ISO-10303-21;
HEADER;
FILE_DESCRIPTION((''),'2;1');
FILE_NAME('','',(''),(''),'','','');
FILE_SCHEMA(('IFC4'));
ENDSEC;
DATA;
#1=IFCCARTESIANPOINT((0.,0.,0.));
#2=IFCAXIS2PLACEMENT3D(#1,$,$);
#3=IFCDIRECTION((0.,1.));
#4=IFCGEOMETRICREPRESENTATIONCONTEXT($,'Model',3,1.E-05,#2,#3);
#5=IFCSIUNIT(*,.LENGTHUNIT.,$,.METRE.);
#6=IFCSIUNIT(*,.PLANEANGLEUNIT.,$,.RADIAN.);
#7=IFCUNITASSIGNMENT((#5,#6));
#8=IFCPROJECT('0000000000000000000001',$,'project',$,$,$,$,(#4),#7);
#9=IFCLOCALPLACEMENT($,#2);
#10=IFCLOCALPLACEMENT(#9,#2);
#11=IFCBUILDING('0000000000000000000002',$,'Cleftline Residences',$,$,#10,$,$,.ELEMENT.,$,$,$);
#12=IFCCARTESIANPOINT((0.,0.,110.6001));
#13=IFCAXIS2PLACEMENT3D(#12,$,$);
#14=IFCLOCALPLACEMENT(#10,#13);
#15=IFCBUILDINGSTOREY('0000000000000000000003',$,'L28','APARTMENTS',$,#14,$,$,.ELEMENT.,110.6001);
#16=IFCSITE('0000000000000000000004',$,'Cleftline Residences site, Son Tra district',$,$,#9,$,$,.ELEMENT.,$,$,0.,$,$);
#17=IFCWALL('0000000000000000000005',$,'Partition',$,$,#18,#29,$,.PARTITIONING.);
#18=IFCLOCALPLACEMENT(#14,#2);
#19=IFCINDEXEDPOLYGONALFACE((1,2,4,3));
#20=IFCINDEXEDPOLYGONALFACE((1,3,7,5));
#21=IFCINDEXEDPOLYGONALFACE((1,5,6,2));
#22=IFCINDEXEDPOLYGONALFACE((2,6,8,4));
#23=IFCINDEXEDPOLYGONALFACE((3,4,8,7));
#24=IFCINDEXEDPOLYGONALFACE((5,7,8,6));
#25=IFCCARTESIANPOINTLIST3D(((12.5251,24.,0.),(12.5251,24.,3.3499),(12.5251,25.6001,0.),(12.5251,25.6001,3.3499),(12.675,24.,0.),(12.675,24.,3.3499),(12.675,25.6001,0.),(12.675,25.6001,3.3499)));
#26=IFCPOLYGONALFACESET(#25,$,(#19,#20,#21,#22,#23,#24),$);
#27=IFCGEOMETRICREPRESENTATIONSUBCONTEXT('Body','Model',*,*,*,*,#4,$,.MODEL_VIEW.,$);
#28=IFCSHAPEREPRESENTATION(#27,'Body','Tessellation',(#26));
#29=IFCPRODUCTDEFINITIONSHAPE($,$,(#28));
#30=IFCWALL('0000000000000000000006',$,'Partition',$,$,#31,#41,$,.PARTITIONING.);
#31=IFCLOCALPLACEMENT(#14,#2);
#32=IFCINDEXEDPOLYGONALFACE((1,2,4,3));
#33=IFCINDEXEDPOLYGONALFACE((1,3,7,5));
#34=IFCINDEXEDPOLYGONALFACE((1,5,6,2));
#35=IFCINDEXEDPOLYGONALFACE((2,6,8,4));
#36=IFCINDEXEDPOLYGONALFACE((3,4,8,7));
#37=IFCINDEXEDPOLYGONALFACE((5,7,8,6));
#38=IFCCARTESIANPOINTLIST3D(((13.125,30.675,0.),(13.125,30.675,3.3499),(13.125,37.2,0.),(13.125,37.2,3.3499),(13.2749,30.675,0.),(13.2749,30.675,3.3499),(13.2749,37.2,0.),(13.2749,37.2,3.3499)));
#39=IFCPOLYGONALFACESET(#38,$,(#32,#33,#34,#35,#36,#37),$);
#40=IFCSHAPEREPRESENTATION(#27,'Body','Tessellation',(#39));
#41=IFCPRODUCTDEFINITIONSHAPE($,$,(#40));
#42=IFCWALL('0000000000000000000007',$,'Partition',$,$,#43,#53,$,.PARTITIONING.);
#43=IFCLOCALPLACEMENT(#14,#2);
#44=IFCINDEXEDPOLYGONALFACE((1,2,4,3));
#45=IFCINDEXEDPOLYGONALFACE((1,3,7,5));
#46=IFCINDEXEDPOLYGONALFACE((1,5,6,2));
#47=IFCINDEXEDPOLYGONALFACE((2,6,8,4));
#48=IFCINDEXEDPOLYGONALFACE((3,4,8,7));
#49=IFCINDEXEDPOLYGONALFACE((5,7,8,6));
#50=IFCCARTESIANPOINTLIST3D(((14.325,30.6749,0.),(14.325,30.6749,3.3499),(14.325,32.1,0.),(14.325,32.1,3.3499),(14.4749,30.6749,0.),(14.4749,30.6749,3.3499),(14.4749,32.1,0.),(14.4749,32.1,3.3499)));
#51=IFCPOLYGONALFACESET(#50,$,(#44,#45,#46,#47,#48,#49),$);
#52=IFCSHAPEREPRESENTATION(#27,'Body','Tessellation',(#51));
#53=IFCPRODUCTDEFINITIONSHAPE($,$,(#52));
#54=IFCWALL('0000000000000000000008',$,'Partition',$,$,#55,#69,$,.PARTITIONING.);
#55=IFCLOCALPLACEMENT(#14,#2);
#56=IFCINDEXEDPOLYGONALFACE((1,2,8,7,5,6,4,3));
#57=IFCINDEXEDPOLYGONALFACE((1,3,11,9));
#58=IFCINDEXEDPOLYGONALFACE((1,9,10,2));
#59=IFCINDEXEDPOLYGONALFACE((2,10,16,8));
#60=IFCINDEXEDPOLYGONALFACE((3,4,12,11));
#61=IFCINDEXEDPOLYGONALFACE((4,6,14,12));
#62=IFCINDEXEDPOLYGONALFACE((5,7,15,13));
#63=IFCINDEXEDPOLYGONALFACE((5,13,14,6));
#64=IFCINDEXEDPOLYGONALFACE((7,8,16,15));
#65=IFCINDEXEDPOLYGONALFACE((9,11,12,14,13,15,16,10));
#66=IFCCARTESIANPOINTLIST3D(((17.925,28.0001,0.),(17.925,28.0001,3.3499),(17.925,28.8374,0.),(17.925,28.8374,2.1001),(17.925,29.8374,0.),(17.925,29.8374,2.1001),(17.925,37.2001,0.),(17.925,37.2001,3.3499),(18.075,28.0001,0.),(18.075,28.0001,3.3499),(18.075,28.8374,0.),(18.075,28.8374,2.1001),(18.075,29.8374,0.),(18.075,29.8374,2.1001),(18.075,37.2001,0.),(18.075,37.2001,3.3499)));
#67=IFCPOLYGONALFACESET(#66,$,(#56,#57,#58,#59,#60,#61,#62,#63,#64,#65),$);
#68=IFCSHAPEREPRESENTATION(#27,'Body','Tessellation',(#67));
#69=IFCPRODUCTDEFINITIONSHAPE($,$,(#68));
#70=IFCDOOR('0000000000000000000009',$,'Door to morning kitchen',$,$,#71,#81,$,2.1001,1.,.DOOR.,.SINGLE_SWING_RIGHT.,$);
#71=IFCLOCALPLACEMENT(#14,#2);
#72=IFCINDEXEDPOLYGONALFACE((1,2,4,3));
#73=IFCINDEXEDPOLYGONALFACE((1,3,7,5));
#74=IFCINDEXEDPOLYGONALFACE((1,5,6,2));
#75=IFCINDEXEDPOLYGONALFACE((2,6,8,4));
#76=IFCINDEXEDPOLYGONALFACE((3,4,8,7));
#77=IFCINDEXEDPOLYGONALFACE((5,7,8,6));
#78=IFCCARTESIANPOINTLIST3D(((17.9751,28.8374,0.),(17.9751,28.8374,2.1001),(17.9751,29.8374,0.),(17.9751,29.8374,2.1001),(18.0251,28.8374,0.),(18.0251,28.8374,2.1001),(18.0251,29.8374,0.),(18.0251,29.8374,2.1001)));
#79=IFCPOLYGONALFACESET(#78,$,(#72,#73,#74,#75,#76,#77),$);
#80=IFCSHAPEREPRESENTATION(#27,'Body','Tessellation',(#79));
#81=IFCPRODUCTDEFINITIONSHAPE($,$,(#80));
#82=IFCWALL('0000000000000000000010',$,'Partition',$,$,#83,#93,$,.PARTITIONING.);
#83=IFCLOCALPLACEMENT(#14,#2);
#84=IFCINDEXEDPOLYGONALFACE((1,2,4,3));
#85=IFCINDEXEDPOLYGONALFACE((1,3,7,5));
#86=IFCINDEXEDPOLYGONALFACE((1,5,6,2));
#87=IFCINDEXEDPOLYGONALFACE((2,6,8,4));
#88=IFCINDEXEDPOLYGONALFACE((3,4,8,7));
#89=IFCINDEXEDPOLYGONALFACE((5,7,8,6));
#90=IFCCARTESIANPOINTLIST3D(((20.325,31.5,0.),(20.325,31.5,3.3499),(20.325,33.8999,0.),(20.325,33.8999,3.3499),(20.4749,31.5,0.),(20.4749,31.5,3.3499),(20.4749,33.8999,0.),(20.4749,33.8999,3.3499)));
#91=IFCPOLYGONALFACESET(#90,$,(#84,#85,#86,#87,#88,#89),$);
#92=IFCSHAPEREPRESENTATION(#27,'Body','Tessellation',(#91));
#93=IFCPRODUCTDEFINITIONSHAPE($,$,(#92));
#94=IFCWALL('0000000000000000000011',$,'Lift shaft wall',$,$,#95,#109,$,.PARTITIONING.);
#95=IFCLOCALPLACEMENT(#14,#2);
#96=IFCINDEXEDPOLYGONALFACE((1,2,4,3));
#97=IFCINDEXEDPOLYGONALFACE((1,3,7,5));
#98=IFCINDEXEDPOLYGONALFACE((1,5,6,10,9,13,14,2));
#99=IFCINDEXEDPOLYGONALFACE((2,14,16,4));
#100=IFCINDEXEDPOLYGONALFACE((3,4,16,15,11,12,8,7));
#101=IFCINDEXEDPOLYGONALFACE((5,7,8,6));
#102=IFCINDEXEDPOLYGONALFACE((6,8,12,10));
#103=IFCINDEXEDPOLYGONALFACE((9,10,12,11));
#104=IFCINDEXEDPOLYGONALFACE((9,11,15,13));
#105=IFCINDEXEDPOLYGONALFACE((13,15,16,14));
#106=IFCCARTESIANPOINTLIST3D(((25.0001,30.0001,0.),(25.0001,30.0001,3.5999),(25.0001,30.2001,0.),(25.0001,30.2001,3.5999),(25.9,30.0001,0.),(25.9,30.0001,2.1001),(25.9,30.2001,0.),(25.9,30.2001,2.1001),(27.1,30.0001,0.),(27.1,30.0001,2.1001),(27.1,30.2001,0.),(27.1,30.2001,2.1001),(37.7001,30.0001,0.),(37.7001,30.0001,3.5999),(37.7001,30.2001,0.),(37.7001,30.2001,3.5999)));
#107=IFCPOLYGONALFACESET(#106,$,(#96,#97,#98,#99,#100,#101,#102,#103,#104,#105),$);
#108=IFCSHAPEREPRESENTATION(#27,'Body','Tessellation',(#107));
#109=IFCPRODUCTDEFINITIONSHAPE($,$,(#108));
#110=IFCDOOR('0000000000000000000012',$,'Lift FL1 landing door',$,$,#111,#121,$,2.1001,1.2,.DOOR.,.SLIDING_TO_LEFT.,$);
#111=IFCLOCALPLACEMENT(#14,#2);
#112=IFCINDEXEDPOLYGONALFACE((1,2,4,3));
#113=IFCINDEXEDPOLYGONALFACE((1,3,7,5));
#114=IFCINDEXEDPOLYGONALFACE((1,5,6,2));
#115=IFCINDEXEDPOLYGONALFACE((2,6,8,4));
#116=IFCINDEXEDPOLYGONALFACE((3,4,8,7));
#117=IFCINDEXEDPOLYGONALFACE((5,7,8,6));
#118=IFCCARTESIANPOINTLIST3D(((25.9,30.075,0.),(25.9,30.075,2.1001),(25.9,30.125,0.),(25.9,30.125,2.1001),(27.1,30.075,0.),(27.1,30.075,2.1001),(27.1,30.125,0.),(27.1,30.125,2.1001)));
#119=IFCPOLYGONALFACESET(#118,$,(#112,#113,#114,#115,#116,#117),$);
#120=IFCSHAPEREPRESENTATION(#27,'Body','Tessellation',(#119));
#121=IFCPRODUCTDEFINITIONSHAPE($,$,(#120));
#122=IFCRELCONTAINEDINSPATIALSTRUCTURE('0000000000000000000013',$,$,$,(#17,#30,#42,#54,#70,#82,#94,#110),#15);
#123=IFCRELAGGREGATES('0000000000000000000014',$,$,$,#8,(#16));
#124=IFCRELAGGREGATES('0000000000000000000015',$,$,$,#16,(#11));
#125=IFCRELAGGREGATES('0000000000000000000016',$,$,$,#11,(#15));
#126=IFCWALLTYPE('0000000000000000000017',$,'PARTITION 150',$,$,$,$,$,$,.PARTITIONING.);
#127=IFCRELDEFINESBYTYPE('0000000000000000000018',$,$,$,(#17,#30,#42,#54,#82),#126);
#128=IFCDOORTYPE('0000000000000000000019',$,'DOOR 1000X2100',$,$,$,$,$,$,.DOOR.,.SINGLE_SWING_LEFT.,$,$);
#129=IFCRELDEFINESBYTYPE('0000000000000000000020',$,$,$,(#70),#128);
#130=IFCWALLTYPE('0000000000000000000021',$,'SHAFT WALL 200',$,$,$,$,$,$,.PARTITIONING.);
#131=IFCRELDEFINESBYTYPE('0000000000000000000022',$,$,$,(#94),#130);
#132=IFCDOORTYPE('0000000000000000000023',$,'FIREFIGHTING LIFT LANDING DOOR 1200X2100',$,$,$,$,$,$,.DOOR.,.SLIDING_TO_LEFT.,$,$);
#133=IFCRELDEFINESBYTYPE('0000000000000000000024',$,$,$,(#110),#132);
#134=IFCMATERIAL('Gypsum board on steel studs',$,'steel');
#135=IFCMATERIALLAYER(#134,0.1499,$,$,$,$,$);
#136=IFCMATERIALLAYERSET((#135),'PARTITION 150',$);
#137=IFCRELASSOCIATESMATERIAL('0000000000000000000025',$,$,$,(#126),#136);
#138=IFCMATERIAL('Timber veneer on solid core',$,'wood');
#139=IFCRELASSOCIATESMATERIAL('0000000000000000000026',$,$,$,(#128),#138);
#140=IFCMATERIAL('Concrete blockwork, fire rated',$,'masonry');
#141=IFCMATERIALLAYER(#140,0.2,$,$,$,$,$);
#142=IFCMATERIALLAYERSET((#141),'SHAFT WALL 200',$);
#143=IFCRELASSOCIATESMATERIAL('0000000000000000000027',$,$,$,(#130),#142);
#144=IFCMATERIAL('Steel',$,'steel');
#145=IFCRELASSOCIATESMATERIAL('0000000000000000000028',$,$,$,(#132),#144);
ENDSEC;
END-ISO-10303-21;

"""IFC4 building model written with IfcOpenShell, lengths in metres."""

from ifc_helpers import new_model, si_unit, direction, frame, frame_2d, origin, place, context, subcontext, project, spatial, rectangle, extrude, material, layer, layer_set, type_object, element, fill, save


model = new_model("IFC4")

# Units and contexts
model_context = context("Model", 3, precision=1e-05, world=origin(), true_north=direction((0.0, 1.0)))
body_context = subcontext(model_context, "Body", "Model", "MODEL_VIEW")
ifc_project = project(units=[si_unit("LENGTHUNIT", "METRE"), si_unit("PLANEANGLEUNIT", "RADIAN")], contexts=[model_context])

# Site, building, storey
site_placement = place(None, origin())
site = spatial("IfcSite", under=ifc_project, at=site_placement, Name="Cleftline Residences site, Son Tra district", CompositionType="ELEMENT", RefElevation=0.0)
building_placement = place(site_placement, origin())
building = spatial("IfcBuilding", under=site, at=building_placement, Name="Cleftline Residences", CompositionType="ELEMENT")
storey_placement = place(building_placement, frame((0.0, 0.0, 110.6001)))
storey = spatial("IfcBuildingStorey", under=building, at=storey_placement, Name="L28", Description="APARTMENTS", CompositionType="ELEMENT", Elevation=110.6001)

# Shared definitions
ifc_material_1 = material(Name="Gypsum board on steel studs", Category="steel")
ifc_layer_1 = layer(ifc_material_1, 0.1499)
ifc_layer_set_1 = layer_set([ifc_layer_1], Name="PARTITION 150")
wall_type_1 = type_object("IfcWallType", Name="PARTITION 150", PredefinedType="PARTITIONING", material=ifc_layer_set_1)
ifc_material_2 = material(Name="Timber veneer on solid core", Category="wood")
door_type_1 = type_object("IfcDoorType", Name="DOOR 1000X2100", OperationType="SINGLE_SWING_LEFT", PredefinedType="DOOR", material=ifc_material_2)

# Walls
wall_1_placement = place(storey_placement, frame((12.6001, 24.0, 0.0), z_axis=(0.0, 0.0, 1.0), x_axis=(0.0, 1.0, 0.0)))
element("IfcWall", 1, at=wall_1_placement, inside=storey, type_object=wall_type_1, Name="Partition", PredefinedType="PARTITIONING", context=body_context, shape_type="SweptSolid", body=[
    extrude(rectangle(XDim=1.6001, YDim=0.1499, at=frame_2d((0.8, 0.0))), origin(), (0.0, 0.0, 1.0), 3.3499),
])
wall_2_placement = place(storey_placement, frame((13.2, 30.675, 0.0), z_axis=(0.0, 0.0, 1.0), x_axis=(0.0, 1.0, 0.0)))
element("IfcWall", 2, at=wall_2_placement, inside=storey, type_object=wall_type_1, Name="Partition", PredefinedType="PARTITIONING", context=body_context, shape_type="SweptSolid", body=[
    extrude(rectangle(XDim=6.5249, YDim=0.1499, at=frame_2d((3.2625, 0.0))), origin(), (0.0, 0.0, 1.0), 3.3499),
])
wall_3_placement = place(storey_placement, frame((14.3999, 30.675, 0.0), z_axis=(0.0, 0.0, 1.0), x_axis=(0.0, 1.0, 0.0)))
element("IfcWall", 3, at=wall_3_placement, inside=storey, type_object=wall_type_1, Name="Partition", PredefinedType="PARTITIONING", context=body_context, shape_type="SweptSolid", body=[
    extrude(rectangle(XDim=1.425, YDim=0.1499, at=frame_2d((0.7124, 0.0))), origin(), (0.0, 0.0, 1.0), 3.3499),
])

# Wall, opening, door
wall_4_placement = place(storey_placement, frame((18.0, 28.0, 0.0), z_axis=(0.0, 0.0, 1.0), x_axis=(0.0, 1.0, 0.0)))
wall_4 = element("IfcWall", 4, at=wall_4_placement, inside=storey, type_object=wall_type_1, Name="Partition", PredefinedType="PARTITIONING", context=body_context, shape_type="SweptSolid", body=[
    extrude(rectangle(XDim=9.2, YDim=0.1499, at=frame_2d((4.6001, 0.0))), origin(), (0.0, 0.0, 1.0), 3.3499),
])
opening_1_placement = place(wall_4_placement, frame((0.8374, 0.0, 0.0)))
opening_1 = element("IfcOpeningElement", 5, at=opening_1_placement, cuts=wall_4, PredefinedType="OPENING", context=body_context, shape_type="SweptSolid", body=[
    extrude(rectangle(XDim=1.0, YDim=2.1001, at=frame_2d((0.5, 1.05))), frame((0.0, 0.085, 0.0), z_axis=(0.0, -1.0, 0.0), x_axis=(1.0, 0.0, 0.0)), (0.0, 0.0, 1.0), 0.1699),
])
door_1_placement = place(opening_1_placement, origin())
door_1 = element("IfcDoor", 6, at=door_1_placement, inside=storey, type_object=door_type_1, Name="Door to morning kitchen", OperationType="SINGLE_SWING_RIGHT", OverallHeight=2.1001, OverallWidth=1.0, PredefinedType="DOOR", context=body_context, shape_type="SweptSolid", body=[
    extrude(rectangle(XDim=1.0, YDim=2.1001, at=frame_2d((0.5, 1.05))), frame((0.0, 0.0249, 0.0), z_axis=(0.0, -1.0, 0.0), x_axis=(1.0, 0.0, 0.0)), (0.0, 0.0, 1.0), 0.05),
])
fill(opening_1, door_1)

# Wall
wall_5_placement = place(storey_placement, frame((20.3999, 31.5, 0.0), z_axis=(0.0, 0.0, 1.0), x_axis=(0.0, 1.0, 0.0)))
element("IfcWall", 7, at=wall_5_placement, inside=storey, type_object=wall_type_1, Name="Partition", PredefinedType="PARTITIONING", context=body_context, shape_type="SweptSolid", body=[
    extrude(rectangle(XDim=2.3999, YDim=0.1499, at=frame_2d((1.2, 0.0))), origin(), (0.0, 0.0, 1.0), 3.3499),
])

# Wall, opening, door
ifc_material_3 = material(Name="Concrete blockwork, fire rated", Category="masonry")
ifc_layer_2 = layer(ifc_material_3, 0.2)
ifc_layer_set_2 = layer_set([ifc_layer_2], Name="SHAFT WALL 200")
wall_type_2 = type_object("IfcWallType", Name="SHAFT WALL 200", PredefinedType="PARTITIONING", material=ifc_layer_set_2)
wall_6_placement = place(storey_placement, frame((25.0, 30.1001, 0.0), z_axis=(0.0, 0.0, 1.0), x_axis=(1.0, 0.0, 0.0)))
wall_6 = element("IfcWall", 8, at=wall_6_placement, inside=storey, type_object=wall_type_2, Name="Lift shaft wall", PredefinedType="PARTITIONING", context=body_context, shape_type="SweptSolid", body=[
    extrude(rectangle(XDim=12.7, YDim=0.2, at=frame_2d((6.3501, 0.0))), origin(), (0.0, 0.0, 1.0), 3.5999),
])
opening_2_placement = place(wall_6_placement, frame((0.8999, 0.0, 0.0)))
opening_2 = element("IfcOpeningElement", 9, at=opening_2_placement, cuts=wall_6, PredefinedType="OPENING", context=body_context, shape_type="SweptSolid", body=[
    extrude(rectangle(XDim=1.2, YDim=2.1001, at=frame_2d((0.6001, 1.05))), frame((0.0, 0.1099, 0.0), z_axis=(0.0, -1.0, 0.0), x_axis=(1.0, 0.0, 0.0)), (0.0, 0.0, 1.0), 0.22),
])
ifc_material_4 = material(Name="Steel", Category="steel")
door_type_2 = type_object("IfcDoorType", Name="FIREFIGHTING LIFT LANDING DOOR 1200X2100", OperationType="SLIDING_TO_LEFT", PredefinedType="DOOR", material=ifc_material_4)
door_2_placement = place(opening_2_placement, origin())
door_2 = element("IfcDoor", 10, at=door_2_placement, inside=storey, type_object=door_type_2, Name="Lift FL1 landing door", OperationType="SLIDING_TO_LEFT", OverallHeight=2.1001, OverallWidth=1.2, PredefinedType="DOOR", context=body_context, shape_type="SweptSolid", body=[
    extrude(rectangle(XDim=1.2, YDim=2.1001, at=frame_2d((0.6001, 1.05))), frame((0.0, 0.0249, 0.0), z_axis=(0.0, -1.0, 0.0), x_axis=(1.0, 0.0, 0.0)), (0.0, 0.0, 1.0), 0.05),
])
fill(opening_2, door_2)

save(model, "model.ifc")
